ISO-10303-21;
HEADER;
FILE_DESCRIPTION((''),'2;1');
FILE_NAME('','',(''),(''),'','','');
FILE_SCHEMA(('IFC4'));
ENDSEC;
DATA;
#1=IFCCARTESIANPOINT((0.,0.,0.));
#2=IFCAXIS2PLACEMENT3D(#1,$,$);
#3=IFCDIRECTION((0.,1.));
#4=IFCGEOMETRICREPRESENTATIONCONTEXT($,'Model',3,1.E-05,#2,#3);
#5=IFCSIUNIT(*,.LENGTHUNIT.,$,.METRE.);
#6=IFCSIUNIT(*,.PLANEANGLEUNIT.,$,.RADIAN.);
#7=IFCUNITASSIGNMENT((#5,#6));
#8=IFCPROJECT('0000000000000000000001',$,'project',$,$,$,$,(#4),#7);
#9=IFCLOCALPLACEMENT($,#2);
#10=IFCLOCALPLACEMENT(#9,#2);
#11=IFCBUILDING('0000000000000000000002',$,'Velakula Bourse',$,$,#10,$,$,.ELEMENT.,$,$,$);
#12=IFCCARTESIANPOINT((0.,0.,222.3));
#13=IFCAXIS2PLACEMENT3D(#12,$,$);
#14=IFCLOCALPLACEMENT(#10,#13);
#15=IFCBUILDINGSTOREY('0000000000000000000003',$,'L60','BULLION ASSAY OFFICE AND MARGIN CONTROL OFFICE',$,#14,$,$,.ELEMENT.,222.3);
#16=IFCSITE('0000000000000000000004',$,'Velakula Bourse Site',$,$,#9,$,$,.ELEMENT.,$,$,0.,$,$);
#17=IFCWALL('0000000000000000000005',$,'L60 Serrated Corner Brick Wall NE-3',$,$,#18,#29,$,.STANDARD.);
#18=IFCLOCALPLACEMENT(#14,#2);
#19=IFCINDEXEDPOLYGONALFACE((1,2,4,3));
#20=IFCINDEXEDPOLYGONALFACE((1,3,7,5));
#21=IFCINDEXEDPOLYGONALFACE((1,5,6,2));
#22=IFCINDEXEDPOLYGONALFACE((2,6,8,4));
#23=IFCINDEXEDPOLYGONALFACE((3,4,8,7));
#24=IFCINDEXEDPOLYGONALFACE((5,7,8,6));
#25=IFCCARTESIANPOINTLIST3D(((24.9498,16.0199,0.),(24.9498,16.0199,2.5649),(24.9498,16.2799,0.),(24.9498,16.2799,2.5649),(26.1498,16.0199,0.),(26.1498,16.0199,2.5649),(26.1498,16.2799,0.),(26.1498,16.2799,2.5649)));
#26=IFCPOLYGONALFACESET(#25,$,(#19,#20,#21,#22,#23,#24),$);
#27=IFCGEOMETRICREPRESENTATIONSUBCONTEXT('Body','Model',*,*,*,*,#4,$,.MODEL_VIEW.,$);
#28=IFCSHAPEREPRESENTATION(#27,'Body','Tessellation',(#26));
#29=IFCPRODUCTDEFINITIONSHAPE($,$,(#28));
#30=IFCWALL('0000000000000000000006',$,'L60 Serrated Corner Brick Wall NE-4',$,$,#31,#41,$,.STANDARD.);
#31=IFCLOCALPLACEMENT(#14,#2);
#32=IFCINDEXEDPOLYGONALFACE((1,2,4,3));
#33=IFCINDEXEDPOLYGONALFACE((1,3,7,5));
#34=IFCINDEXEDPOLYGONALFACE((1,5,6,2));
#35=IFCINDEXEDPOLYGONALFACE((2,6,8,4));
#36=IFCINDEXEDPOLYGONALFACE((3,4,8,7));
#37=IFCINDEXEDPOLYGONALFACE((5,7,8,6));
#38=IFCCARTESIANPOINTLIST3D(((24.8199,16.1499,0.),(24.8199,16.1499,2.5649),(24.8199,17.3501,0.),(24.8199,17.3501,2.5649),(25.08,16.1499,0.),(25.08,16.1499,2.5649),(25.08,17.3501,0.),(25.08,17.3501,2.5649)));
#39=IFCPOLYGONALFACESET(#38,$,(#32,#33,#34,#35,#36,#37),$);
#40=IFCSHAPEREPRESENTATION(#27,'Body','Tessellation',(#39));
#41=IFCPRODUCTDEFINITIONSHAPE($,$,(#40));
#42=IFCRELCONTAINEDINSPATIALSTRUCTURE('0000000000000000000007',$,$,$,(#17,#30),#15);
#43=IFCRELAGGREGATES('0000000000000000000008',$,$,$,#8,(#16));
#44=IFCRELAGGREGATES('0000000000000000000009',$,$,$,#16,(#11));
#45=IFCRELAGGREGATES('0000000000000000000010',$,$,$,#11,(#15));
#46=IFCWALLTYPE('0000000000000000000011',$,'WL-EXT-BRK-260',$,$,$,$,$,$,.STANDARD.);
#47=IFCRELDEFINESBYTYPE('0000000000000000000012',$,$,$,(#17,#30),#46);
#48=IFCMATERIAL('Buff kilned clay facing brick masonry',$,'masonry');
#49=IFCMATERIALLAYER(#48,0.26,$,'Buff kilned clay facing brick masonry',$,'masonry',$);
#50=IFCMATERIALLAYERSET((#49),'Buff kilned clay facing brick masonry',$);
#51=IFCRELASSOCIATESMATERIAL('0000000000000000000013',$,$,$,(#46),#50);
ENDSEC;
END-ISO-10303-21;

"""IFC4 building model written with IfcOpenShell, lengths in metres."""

from ifc_helpers import new_model, si_unit, direction, frame, frame_2d, origin, place, context, subcontext, project, spatial, rectangle, extrude, material, layer, layer_set, type_object, element, save


model = new_model("IFC4")

# Units and contexts
model_context = context("Model", 3, precision=1e-05, world=origin(), true_north=direction((0.0, 1.0)))
body_context = subcontext(model_context, "Body", "Model", "MODEL_VIEW")
ifc_project = project(units=[si_unit("LENGTHUNIT", "METRE"), si_unit("PLANEANGLEUNIT", "RADIAN")], contexts=[model_context])

# Site, building, storey
site_placement = place(None, origin())
site = spatial("IfcSite", under=ifc_project, at=site_placement, Name="Velakula Bourse Site", CompositionType="ELEMENT", RefElevation=0.0)
building_placement = place(site_placement, origin())
building = spatial("IfcBuilding", under=site, at=building_placement, Name="Velakula Bourse", CompositionType="ELEMENT")
storey_placement = place(building_placement, frame((0.0, 0.0, 222.3)))
storey = spatial("IfcBuildingStorey", under=building, at=storey_placement, Name="L60", Description="BULLION ASSAY OFFICE AND MARGIN CONTROL OFFICE", CompositionType="ELEMENT", Elevation=222.3)

# Shared definitions
ifc_material_1 = material(Name="Buff kilned clay facing brick masonry", Category="masonry")
ifc_layer = layer(ifc_material_1, 0.26, Name="Buff kilned clay facing brick masonry", Category="masonry")
ifc_layer_set = layer_set([ifc_layer], Name="Buff kilned clay facing brick masonry")
wall_type = type_object("IfcWallType", Name="WL-EXT-BRK-260", PredefinedType="STANDARD", material=ifc_layer_set)

# Walls
for number, where, z_axis, x_axis, name in (
    (1, (26.1499, 16.1499, 0.0), (0.0, 0.0, 1.0), (-1.0, 0.0, 0.0), "L60 Serrated Corner Brick Wall NE-3"),
):
    element("IfcWall", number, at=place(storey_placement, frame(where, z_axis=z_axis, x_axis=x_axis)), inside=storey, type_object=wall_type, Name=name, PredefinedType="STANDARD", context=body_context, shape_type="SweptSolid", body=[
        extrude(rectangle(XDim=1.2, YDim=0.26, at=frame_2d((0.6001, 0.0))), origin(), (0.0, 0.0, 1.0), 2.5649),
    ])
wall_1_placement = place(storey_placement, frame((24.95, 16.1499, 0.0), z_axis=(0.0, 0.0, 1.0), x_axis=(0.0, 1.0, 0.0)))
element("IfcWall", 2, at=wall_1_placement, inside=storey, type_object=wall_type, Name="L60 Serrated Corner Brick Wall NE-4", PredefinedType="STANDARD", context=body_context, shape_type="SweptSolid", body=[
    extrude(rectangle(XDim=1.2002, YDim=0.26, at=frame_2d((0.6001, 0.0))), origin(), (0.0, 0.0, 1.0), 2.5649),
])

save(model, "model.ifc")
